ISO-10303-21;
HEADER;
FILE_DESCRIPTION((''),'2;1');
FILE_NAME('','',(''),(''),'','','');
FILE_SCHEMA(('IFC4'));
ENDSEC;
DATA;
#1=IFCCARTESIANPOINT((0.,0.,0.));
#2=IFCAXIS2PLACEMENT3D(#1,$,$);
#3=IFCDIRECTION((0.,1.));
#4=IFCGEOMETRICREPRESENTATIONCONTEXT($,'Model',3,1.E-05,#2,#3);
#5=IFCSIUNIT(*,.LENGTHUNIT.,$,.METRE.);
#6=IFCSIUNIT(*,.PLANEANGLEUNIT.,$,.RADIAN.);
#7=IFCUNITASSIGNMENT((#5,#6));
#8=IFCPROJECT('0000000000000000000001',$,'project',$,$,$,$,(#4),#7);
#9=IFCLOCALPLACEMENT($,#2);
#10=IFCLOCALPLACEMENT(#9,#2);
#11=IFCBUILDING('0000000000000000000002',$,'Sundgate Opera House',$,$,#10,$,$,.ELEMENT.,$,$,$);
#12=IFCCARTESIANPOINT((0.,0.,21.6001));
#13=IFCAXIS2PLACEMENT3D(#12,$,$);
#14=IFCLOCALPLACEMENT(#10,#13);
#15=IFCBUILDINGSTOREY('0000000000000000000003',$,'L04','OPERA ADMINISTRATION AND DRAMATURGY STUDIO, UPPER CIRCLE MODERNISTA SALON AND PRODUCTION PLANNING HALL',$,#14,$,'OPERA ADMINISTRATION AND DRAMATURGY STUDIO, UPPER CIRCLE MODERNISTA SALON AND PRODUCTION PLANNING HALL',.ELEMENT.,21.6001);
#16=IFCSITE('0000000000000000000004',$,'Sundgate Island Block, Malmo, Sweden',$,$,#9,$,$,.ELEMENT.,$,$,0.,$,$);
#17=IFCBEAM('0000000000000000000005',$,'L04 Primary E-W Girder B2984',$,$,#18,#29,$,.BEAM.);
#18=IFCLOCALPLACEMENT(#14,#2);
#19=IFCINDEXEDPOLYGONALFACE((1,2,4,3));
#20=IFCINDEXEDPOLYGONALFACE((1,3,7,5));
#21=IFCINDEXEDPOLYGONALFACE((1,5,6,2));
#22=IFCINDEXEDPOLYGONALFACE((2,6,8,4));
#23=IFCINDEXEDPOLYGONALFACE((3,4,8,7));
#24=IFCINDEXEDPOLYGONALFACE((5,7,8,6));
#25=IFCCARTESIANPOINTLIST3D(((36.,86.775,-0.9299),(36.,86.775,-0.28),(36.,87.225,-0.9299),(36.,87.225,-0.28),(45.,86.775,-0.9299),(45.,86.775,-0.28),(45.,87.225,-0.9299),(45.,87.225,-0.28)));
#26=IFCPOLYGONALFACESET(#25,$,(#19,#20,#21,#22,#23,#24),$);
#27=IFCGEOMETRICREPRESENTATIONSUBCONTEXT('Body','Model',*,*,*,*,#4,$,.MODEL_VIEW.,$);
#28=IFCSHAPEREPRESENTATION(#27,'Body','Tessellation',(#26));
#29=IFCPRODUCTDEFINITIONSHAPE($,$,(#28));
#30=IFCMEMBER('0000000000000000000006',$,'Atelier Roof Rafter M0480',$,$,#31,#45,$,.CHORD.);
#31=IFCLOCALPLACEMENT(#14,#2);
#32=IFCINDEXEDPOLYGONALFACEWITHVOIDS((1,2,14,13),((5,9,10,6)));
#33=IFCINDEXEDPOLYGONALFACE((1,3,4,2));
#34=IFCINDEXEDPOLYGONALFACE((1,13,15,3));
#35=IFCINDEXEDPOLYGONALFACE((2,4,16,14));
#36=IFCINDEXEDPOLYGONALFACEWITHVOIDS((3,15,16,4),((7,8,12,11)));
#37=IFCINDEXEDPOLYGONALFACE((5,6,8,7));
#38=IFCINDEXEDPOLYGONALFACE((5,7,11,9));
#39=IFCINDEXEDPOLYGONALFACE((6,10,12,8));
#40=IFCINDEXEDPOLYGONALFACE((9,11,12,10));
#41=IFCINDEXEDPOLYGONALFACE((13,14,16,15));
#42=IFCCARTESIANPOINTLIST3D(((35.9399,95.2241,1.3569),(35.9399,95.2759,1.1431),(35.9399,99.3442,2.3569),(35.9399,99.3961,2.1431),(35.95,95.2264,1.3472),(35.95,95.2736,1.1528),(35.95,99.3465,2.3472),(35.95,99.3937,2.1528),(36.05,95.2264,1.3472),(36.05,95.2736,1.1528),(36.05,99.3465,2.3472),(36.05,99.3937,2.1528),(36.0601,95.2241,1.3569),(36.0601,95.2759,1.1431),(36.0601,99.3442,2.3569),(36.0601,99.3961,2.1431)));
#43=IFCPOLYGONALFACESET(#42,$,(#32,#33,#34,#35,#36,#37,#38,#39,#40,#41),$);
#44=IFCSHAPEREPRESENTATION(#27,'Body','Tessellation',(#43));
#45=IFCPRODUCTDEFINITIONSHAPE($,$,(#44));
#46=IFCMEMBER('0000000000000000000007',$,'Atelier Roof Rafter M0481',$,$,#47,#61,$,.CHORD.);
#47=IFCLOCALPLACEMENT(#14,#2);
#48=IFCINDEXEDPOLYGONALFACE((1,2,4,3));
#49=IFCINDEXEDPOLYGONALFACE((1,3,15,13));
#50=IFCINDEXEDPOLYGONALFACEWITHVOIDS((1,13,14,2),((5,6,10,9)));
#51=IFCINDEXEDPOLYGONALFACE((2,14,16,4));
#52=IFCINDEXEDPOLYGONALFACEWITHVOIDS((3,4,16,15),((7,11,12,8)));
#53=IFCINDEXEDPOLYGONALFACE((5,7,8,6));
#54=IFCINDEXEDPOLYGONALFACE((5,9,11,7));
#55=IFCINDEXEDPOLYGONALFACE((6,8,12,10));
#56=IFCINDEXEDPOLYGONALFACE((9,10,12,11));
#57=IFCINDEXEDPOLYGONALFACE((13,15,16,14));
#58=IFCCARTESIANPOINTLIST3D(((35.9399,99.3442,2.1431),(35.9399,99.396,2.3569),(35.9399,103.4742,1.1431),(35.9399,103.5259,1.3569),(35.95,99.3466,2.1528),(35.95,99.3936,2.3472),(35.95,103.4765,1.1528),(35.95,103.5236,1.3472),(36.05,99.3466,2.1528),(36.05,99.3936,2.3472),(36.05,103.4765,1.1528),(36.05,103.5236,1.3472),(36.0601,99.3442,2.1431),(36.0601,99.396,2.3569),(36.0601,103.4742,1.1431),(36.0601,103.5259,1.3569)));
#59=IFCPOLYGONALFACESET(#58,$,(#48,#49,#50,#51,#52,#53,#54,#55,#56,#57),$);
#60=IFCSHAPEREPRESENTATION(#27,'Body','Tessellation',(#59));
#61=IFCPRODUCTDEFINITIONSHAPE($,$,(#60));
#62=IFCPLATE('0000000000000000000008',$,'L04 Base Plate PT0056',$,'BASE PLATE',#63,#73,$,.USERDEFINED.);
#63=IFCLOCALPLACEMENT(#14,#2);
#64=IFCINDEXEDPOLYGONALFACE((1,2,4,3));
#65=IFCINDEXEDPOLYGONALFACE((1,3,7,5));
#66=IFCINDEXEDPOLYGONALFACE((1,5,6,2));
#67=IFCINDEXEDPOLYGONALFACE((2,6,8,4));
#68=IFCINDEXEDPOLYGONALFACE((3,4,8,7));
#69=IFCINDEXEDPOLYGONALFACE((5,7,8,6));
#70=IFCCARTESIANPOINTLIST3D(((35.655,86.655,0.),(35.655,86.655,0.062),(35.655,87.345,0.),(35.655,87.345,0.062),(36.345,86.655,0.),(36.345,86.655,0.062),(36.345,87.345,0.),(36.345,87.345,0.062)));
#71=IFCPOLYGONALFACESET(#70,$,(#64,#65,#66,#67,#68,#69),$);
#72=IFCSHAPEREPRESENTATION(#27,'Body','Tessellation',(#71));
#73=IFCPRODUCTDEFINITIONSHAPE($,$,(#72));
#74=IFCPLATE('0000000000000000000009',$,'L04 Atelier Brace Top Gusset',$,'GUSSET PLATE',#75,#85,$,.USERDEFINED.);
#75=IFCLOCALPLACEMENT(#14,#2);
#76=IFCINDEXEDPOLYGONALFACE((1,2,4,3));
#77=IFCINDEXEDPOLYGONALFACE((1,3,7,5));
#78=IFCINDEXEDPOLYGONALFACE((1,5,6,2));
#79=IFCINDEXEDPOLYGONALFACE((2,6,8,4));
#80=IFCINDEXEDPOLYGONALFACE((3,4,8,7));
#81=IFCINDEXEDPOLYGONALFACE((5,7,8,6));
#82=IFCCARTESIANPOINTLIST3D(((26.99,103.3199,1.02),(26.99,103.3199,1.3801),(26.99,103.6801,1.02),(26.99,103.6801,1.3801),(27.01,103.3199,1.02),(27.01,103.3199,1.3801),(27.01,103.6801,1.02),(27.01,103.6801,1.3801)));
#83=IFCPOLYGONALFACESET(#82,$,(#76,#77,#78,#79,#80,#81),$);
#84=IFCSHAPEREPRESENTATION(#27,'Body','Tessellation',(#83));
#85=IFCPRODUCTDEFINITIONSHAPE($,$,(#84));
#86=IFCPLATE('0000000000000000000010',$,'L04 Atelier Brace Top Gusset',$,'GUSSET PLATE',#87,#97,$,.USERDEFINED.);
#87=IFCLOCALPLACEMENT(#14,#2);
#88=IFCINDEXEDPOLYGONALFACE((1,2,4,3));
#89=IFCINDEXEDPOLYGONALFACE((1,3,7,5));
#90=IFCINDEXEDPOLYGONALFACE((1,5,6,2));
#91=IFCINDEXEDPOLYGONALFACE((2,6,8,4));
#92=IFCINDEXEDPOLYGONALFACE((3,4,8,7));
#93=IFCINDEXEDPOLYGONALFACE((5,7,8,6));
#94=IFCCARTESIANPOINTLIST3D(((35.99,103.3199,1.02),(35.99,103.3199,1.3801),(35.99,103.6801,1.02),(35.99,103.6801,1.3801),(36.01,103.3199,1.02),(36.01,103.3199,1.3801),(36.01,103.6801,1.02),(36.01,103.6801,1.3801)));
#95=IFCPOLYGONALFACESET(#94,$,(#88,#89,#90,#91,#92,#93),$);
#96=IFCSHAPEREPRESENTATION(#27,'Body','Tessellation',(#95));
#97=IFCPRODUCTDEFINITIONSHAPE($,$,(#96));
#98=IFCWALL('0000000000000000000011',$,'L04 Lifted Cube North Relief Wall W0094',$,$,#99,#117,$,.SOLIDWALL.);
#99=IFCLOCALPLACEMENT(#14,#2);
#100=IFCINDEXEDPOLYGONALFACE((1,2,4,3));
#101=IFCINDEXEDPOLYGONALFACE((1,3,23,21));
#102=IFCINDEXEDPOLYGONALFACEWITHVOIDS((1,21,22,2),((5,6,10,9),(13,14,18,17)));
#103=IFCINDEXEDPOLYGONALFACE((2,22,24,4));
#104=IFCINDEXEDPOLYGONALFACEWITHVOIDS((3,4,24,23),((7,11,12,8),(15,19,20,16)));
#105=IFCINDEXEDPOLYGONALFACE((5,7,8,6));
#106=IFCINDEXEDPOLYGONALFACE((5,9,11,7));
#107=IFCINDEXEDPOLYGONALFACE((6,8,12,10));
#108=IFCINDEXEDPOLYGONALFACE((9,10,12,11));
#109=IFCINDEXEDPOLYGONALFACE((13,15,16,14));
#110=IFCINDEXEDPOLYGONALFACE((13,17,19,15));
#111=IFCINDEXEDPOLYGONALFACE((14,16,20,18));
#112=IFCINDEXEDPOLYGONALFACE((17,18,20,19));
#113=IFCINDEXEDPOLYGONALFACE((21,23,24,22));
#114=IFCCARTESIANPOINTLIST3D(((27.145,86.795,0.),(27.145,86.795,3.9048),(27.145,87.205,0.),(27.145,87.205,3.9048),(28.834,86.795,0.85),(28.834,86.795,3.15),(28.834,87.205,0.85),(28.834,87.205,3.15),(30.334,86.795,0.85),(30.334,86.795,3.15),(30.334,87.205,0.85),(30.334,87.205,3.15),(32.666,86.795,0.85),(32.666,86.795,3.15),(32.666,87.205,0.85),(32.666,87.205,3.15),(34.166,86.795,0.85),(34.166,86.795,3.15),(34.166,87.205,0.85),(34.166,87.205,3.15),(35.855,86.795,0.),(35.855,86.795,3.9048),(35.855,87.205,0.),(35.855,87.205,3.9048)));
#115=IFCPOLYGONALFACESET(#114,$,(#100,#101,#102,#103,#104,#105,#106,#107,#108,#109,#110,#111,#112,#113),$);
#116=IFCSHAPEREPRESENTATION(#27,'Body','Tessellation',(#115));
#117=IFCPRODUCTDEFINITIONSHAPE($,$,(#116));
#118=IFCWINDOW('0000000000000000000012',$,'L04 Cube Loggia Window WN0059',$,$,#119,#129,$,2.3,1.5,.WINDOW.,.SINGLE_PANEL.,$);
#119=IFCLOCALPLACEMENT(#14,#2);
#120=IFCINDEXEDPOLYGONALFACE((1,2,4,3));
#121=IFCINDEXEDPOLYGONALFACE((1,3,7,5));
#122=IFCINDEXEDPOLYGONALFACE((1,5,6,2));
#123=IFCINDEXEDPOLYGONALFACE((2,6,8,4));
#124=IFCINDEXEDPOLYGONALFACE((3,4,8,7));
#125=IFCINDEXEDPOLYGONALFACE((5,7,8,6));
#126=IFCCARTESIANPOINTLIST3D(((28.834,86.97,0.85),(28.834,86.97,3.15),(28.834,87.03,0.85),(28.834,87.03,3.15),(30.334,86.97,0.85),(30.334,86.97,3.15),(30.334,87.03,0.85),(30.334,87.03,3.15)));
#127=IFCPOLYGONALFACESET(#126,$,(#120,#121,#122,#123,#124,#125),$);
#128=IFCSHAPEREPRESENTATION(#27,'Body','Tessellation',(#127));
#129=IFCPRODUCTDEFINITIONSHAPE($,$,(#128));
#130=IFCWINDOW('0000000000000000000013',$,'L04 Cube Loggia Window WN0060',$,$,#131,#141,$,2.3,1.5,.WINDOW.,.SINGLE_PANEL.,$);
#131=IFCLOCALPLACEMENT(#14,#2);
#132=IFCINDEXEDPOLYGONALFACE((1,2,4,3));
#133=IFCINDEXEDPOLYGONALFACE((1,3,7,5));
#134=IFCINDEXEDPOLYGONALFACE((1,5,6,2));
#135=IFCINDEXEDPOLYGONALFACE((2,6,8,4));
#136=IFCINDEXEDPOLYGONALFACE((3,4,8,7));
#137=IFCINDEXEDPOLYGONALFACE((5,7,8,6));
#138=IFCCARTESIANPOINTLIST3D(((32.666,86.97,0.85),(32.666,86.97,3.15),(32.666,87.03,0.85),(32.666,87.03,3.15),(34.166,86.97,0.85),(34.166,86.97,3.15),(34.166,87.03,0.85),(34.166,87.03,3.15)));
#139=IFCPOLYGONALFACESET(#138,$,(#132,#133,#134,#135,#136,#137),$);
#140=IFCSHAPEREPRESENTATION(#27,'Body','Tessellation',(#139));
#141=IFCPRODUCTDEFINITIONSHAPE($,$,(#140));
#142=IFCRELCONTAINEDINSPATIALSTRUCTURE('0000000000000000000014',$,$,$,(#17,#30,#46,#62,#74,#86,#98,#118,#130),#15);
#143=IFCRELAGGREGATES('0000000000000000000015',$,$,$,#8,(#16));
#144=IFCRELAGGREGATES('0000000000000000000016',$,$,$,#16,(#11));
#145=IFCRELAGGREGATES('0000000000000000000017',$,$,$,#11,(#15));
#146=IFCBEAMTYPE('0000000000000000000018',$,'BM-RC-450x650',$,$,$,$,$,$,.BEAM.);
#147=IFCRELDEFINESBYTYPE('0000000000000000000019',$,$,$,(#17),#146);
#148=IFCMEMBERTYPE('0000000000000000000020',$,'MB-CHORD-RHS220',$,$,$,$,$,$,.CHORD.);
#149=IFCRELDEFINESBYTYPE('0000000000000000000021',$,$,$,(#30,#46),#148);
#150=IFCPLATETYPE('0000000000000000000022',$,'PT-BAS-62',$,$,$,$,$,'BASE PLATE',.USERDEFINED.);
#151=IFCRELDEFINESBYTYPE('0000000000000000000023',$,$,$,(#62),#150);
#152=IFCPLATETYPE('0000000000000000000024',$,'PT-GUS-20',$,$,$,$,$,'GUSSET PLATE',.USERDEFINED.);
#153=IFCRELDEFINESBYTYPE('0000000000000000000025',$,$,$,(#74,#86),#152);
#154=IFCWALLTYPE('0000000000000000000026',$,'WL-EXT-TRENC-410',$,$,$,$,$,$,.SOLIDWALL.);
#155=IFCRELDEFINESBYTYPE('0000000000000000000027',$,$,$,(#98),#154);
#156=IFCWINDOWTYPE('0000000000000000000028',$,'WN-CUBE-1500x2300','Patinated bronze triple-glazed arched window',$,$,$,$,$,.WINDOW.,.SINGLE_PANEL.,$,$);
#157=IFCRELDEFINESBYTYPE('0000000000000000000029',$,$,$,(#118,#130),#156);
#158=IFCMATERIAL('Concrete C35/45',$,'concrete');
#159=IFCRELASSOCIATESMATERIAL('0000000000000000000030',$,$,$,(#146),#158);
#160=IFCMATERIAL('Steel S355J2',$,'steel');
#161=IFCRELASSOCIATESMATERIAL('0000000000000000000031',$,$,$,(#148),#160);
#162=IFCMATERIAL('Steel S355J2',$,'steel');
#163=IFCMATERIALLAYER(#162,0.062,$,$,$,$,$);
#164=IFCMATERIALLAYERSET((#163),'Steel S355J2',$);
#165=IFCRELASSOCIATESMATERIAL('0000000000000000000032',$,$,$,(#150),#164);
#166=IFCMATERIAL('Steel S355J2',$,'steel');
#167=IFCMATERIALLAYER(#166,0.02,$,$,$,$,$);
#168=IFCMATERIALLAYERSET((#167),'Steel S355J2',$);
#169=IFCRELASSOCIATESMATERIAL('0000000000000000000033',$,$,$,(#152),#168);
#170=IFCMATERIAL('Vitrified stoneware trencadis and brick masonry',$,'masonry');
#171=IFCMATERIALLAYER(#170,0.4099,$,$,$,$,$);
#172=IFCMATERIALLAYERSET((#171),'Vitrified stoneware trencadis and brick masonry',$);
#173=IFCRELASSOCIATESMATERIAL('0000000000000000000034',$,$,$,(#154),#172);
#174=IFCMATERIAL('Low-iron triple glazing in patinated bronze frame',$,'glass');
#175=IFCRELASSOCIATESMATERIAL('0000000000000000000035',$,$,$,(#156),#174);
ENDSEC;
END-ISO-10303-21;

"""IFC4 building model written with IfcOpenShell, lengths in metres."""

from ifc_helpers import new_model, si_unit, direction, frame, frame_2d, origin, origin_2d, place, context, subcontext, project, spatial, rectangle, hollow_rectangle, extrude, material, layer, layer_set, material_profile, profile_set, type_object, element, fill, save


model = new_model("IFC4")

# Units and contexts
model_context = context("Model", 3, precision=1e-05, world=origin(), true_north=direction((0.0, 1.0)))
body_context = subcontext(model_context, "Body", "Model", "MODEL_VIEW")
ifc_project = project(units=[si_unit("LENGTHUNIT", "METRE"), si_unit("PLANEANGLEUNIT", "RADIAN")], contexts=[model_context])

# Site, building, storey
site_placement = place(None, origin())
site = spatial("IfcSite", under=ifc_project, at=site_placement, Name="Sundgate Island Block, Malmo, Sweden", CompositionType="ELEMENT", RefElevation=0.0)
building_placement = place(site_placement, origin())
building = spatial("IfcBuilding", under=site, at=building_placement, Name="Sundgate Opera House", CompositionType="ELEMENT")
storey_placement = place(building_placement, frame((0.0, 0.0, 21.6001)))
storey = spatial("IfcBuildingStorey", under=building, at=storey_placement, Name="L04", Description="OPERA ADMINISTRATION AND DRAMATURGY STUDIO, UPPER CIRCLE MODERNISTA SALON AND PRODUCTION PLANNING HALL", LongName="OPERA ADMINISTRATION AND DRAMATURGY STUDIO, UPPER CIRCLE MODERNISTA SALON AND PRODUCTION PLANNING HALL", CompositionType="ELEMENT", Elevation=21.6001)

# Beam
ifc_material_1 = material(Name="Concrete C35/45", Category="concrete")
ifc_material_profile_1 = material_profile(ifc_material_1, rectangle(XDim=0.45, YDim=0.6499, at=origin_2d()), Name="RC 450x650")
ifc_profile_set_1 = profile_set([ifc_material_profile_1], Name="Concrete C35/45")
beam_type_1 = type_object("IfcBeamType", Name="BM-RC-450x650", PredefinedType="BEAM", material=ifc_profile_set_1)
beam_1_placement = place(storey_placement, frame((36.0, 87.0, -0.605), z_axis=(1.0, 0.0, 0.0), x_axis=(0.0, 1.0, 0.0)))
element("IfcBeam", 1, at=beam_1_placement, inside=storey, type_object=beam_type_1, Name="L04 Primary E-W Girder B2984", PredefinedType="BEAM", context=body_context, shape_type="SweptSolid", body=[
    extrude(rectangle(XDim=0.45, YDim=0.6499, at=origin_2d()), origin(), (0.0, 0.0, 1.0), 9.0),
])

# Members
ifc_material_2 = material(Name="Steel S355J2", Category="steel")
ifc_material_profile_2 = material_profile(ifc_material_2, hollow_rectangle(XDim=0.1201, YDim=0.22, WallThickness=0.01, at=origin_2d()), Name="RHS 220x120x10.0")
ifc_profile_set_2 = profile_set([ifc_material_profile_2], Name="Steel S355J2")
member_type = type_object("IfcMemberType", Name="MB-CHORD-RHS220", PredefinedType="CHORD", material=ifc_profile_set_2)
member_1_placement = place(storey_placement, frame((36.0, 95.25, 1.25), z_axis=(0.0, 0.971786, 0.235864), x_axis=(-1.0, 0.0, 0.0)))
element("IfcMember", 2, at=member_1_placement, inside=storey, type_object=member_type, Name="Atelier Roof Rafter M0480", PredefinedType="CHORD", context=body_context, shape_type="SweptSolid", body=[
    extrude(hollow_rectangle(XDim=0.1201, YDim=0.22, WallThickness=0.01, at=origin_2d()), origin(), (0.0, 0.0, 1.0), 4.2397),
])
member_2_placement = place(storey_placement, frame((36.0, 99.3701, 2.25), z_axis=(0.0, 0.971914, -0.235337), x_axis=(-1.0, 0.0, 0.0)))
element("IfcMember", 3, at=member_2_placement, inside=storey, type_object=member_type, Name="Atelier Roof Rafter M0481", PredefinedType="CHORD", context=body_context, shape_type="SweptSolid", body=[
    extrude(hollow_rectangle(XDim=0.1201, YDim=0.22, WallThickness=0.01, at=origin_2d()), origin(), (0.0, 0.0, 1.0), 4.2493),
])

# Plates
ifc_material_3 = material(Name="Steel S355J2", Category="steel")
ifc_layer_1 = layer(ifc_material_3, 0.062)
ifc_layer_set_1 = layer_set([ifc_layer_1], Name="Steel S355J2")
plate_type_1 = type_object("IfcPlateType", Name="PT-BAS-62", ElementType="BASE PLATE", PredefinedType="USERDEFINED", material=ifc_layer_set_1)
plate_placement = place(storey_placement, frame((36.0, 87.0, 0.0), z_axis=(0.0, 0.0, 1.0), x_axis=(1.0, 0.0, 0.0)))
element("IfcPlate", 4, at=plate_placement, inside=storey, type_object=plate_type_1, Name="L04 Base Plate PT0056", ObjectType="BASE PLATE", PredefinedType="USERDEFINED", context=body_context, shape_type="SweptSolid", body=[
    extrude(rectangle(XDim=0.6899, YDim=0.6899, at=origin_2d()), origin(), (0.0, 0.0, 1.0), 0.062),
])
ifc_material_4 = material(Name="Steel S355J2", Category="steel")
ifc_layer_2 = layer(ifc_material_4, 0.02)
ifc_layer_set_2 = layer_set([ifc_layer_2], Name="Steel S355J2")
plate_type_2 = type_object("IfcPlateType", Name="PT-GUS-20", ElementType="GUSSET PLATE", PredefinedType="USERDEFINED", material=ifc_layer_set_2)
for number, where, z_axis, x_axis, name in (
    (5, (27.0, 103.5, 1.02), (0.0, 0.0, 1.0), (1.0, 0.0, 0.0), "L04 Atelier Brace Top Gusset"),
    (6, (36.0, 103.5, 1.02), (0.0, 0.0, 1.0), (1.0, 0.0, 0.0), "L04 Atelier Brace Top Gusset"),
):
    element("IfcPlate", number, at=place(storey_placement, frame(where, z_axis=z_axis, x_axis=x_axis)), inside=storey, type_object=plate_type_2, Name=name, ObjectType="GUSSET PLATE", PredefinedType="USERDEFINED", context=body_context, shape_type="SweptSolid", body=[
        extrude(rectangle(XDim=0.02, YDim=0.3601, at=origin_2d()), origin(), (0.0, 0.0, 1.0), 0.3601),
    ])

# Wall, openings, windows
ifc_material_5 = material(Name="Vitrified stoneware trencadis and brick masonry", Category="masonry")
ifc_layer_3 = layer(ifc_material_5, 0.4099)
ifc_layer_set_3 = layer_set([ifc_layer_3], Name="Vitrified stoneware trencadis and brick masonry")
wall_type = type_object("IfcWallType", Name="WL-EXT-TRENC-410", PredefinedType="SOLIDWALL", material=ifc_layer_set_3)
wall_1_placement = place(storey_placement, frame((27.145, 87.0, 0.0), z_axis=(0.0, 0.0, 1.0), x_axis=(1.0, 0.0, 0.0)))
wall_1 = element("IfcWall", 7, at=wall_1_placement, inside=storey, type_object=wall_type, Name="L04 Lifted Cube North Relief Wall W0094", PredefinedType="SOLIDWALL", context=body_context, shape_type="SweptSolid", body=[
    extrude(rectangle(XDim=8.71, YDim=0.4099, at=frame_2d((4.355, 0.0))), origin(), (0.0, 0.0, 1.0), 3.9048),
])
opening_1_placement = place(wall_1_placement, frame((1.689, 0.0, 0.8501)))
opening_1 = element("IfcOpeningElement", 8, at=opening_1_placement, cuts=wall_1, PredefinedType="OPENING", context=body_context, shape_type="SweptSolid", body=[
    extrude(rectangle(XDim=1.5, YDim=2.3, at=frame_2d((0.75, 1.1499))), frame((0.0, 0.2148, 0.0), z_axis=(0.0, -1.0, 0.0), x_axis=(1.0, 0.0, 0.0)), (0.0, 0.0, 1.0), 0.4299),
])
opening_2_placement = place(wall_1_placement, frame((5.521, 0.0, 0.8501)))
opening_2 = element("IfcOpeningElement", 9, at=opening_2_placement, cuts=wall_1, PredefinedType="OPENING", context=body_context, shape_type="SweptSolid", body=[
    extrude(rectangle(XDim=1.5, YDim=2.3, at=frame_2d((0.75, 1.1499))), frame((0.0, 0.2148, 0.0), z_axis=(0.0, -1.0, 0.0), x_axis=(1.0, 0.0, 0.0)), (0.0, 0.0, 1.0), 0.4299),
])
ifc_material_6 = material(Name="Low-iron triple glazing in patinated bronze frame", Category="glass")
window_type = type_object("IfcWindowType", Name="WN-CUBE-1500x2300", Description="Patinated bronze triple-glazed arched window", PartitioningType="SINGLE_PANEL", PredefinedType="WINDOW", material=ifc_material_6)
window_1_placement = place(opening_1_placement, origin())
window_1 = element("IfcWindow", 10, at=window_1_placement, inside=storey, type_object=window_type, Name="L04 Cube Loggia Window WN0059", OverallHeight=2.3, OverallWidth=1.5, PartitioningType="SINGLE_PANEL", PredefinedType="WINDOW", context=body_context, shape_type="SweptSolid", body=[
    extrude(rectangle(XDim=1.5, YDim=2.3, at=frame_2d((0.75, 1.1499))), frame((0.0, 0.03, 0.0), z_axis=(0.0, -1.0, 0.0), x_axis=(1.0, 0.0, 0.0)), (0.0, 0.0, 1.0), 0.0601),
])
fill(opening_1, window_1)
window_2_placement = place(opening_2_placement, origin())
window_2 = element("IfcWindow", 11, at=window_2_placement, inside=storey, type_object=window_type, Name="L04 Cube Loggia Window WN0060", OverallHeight=2.3, OverallWidth=1.5, PartitioningType="SINGLE_PANEL", PredefinedType="WINDOW", context=body_context, shape_type="SweptSolid", body=[
    extrude(rectangle(XDim=1.5, YDim=2.3, at=frame_2d((0.75, 1.1499))), frame((0.0, 0.03, 0.0), z_axis=(0.0, -1.0, 0.0), x_axis=(1.0, 0.0, 0.0)), (0.0, 0.0, 1.0), 0.0601),
])
fill(opening_2, window_2)

save(model, "model.ifc")
